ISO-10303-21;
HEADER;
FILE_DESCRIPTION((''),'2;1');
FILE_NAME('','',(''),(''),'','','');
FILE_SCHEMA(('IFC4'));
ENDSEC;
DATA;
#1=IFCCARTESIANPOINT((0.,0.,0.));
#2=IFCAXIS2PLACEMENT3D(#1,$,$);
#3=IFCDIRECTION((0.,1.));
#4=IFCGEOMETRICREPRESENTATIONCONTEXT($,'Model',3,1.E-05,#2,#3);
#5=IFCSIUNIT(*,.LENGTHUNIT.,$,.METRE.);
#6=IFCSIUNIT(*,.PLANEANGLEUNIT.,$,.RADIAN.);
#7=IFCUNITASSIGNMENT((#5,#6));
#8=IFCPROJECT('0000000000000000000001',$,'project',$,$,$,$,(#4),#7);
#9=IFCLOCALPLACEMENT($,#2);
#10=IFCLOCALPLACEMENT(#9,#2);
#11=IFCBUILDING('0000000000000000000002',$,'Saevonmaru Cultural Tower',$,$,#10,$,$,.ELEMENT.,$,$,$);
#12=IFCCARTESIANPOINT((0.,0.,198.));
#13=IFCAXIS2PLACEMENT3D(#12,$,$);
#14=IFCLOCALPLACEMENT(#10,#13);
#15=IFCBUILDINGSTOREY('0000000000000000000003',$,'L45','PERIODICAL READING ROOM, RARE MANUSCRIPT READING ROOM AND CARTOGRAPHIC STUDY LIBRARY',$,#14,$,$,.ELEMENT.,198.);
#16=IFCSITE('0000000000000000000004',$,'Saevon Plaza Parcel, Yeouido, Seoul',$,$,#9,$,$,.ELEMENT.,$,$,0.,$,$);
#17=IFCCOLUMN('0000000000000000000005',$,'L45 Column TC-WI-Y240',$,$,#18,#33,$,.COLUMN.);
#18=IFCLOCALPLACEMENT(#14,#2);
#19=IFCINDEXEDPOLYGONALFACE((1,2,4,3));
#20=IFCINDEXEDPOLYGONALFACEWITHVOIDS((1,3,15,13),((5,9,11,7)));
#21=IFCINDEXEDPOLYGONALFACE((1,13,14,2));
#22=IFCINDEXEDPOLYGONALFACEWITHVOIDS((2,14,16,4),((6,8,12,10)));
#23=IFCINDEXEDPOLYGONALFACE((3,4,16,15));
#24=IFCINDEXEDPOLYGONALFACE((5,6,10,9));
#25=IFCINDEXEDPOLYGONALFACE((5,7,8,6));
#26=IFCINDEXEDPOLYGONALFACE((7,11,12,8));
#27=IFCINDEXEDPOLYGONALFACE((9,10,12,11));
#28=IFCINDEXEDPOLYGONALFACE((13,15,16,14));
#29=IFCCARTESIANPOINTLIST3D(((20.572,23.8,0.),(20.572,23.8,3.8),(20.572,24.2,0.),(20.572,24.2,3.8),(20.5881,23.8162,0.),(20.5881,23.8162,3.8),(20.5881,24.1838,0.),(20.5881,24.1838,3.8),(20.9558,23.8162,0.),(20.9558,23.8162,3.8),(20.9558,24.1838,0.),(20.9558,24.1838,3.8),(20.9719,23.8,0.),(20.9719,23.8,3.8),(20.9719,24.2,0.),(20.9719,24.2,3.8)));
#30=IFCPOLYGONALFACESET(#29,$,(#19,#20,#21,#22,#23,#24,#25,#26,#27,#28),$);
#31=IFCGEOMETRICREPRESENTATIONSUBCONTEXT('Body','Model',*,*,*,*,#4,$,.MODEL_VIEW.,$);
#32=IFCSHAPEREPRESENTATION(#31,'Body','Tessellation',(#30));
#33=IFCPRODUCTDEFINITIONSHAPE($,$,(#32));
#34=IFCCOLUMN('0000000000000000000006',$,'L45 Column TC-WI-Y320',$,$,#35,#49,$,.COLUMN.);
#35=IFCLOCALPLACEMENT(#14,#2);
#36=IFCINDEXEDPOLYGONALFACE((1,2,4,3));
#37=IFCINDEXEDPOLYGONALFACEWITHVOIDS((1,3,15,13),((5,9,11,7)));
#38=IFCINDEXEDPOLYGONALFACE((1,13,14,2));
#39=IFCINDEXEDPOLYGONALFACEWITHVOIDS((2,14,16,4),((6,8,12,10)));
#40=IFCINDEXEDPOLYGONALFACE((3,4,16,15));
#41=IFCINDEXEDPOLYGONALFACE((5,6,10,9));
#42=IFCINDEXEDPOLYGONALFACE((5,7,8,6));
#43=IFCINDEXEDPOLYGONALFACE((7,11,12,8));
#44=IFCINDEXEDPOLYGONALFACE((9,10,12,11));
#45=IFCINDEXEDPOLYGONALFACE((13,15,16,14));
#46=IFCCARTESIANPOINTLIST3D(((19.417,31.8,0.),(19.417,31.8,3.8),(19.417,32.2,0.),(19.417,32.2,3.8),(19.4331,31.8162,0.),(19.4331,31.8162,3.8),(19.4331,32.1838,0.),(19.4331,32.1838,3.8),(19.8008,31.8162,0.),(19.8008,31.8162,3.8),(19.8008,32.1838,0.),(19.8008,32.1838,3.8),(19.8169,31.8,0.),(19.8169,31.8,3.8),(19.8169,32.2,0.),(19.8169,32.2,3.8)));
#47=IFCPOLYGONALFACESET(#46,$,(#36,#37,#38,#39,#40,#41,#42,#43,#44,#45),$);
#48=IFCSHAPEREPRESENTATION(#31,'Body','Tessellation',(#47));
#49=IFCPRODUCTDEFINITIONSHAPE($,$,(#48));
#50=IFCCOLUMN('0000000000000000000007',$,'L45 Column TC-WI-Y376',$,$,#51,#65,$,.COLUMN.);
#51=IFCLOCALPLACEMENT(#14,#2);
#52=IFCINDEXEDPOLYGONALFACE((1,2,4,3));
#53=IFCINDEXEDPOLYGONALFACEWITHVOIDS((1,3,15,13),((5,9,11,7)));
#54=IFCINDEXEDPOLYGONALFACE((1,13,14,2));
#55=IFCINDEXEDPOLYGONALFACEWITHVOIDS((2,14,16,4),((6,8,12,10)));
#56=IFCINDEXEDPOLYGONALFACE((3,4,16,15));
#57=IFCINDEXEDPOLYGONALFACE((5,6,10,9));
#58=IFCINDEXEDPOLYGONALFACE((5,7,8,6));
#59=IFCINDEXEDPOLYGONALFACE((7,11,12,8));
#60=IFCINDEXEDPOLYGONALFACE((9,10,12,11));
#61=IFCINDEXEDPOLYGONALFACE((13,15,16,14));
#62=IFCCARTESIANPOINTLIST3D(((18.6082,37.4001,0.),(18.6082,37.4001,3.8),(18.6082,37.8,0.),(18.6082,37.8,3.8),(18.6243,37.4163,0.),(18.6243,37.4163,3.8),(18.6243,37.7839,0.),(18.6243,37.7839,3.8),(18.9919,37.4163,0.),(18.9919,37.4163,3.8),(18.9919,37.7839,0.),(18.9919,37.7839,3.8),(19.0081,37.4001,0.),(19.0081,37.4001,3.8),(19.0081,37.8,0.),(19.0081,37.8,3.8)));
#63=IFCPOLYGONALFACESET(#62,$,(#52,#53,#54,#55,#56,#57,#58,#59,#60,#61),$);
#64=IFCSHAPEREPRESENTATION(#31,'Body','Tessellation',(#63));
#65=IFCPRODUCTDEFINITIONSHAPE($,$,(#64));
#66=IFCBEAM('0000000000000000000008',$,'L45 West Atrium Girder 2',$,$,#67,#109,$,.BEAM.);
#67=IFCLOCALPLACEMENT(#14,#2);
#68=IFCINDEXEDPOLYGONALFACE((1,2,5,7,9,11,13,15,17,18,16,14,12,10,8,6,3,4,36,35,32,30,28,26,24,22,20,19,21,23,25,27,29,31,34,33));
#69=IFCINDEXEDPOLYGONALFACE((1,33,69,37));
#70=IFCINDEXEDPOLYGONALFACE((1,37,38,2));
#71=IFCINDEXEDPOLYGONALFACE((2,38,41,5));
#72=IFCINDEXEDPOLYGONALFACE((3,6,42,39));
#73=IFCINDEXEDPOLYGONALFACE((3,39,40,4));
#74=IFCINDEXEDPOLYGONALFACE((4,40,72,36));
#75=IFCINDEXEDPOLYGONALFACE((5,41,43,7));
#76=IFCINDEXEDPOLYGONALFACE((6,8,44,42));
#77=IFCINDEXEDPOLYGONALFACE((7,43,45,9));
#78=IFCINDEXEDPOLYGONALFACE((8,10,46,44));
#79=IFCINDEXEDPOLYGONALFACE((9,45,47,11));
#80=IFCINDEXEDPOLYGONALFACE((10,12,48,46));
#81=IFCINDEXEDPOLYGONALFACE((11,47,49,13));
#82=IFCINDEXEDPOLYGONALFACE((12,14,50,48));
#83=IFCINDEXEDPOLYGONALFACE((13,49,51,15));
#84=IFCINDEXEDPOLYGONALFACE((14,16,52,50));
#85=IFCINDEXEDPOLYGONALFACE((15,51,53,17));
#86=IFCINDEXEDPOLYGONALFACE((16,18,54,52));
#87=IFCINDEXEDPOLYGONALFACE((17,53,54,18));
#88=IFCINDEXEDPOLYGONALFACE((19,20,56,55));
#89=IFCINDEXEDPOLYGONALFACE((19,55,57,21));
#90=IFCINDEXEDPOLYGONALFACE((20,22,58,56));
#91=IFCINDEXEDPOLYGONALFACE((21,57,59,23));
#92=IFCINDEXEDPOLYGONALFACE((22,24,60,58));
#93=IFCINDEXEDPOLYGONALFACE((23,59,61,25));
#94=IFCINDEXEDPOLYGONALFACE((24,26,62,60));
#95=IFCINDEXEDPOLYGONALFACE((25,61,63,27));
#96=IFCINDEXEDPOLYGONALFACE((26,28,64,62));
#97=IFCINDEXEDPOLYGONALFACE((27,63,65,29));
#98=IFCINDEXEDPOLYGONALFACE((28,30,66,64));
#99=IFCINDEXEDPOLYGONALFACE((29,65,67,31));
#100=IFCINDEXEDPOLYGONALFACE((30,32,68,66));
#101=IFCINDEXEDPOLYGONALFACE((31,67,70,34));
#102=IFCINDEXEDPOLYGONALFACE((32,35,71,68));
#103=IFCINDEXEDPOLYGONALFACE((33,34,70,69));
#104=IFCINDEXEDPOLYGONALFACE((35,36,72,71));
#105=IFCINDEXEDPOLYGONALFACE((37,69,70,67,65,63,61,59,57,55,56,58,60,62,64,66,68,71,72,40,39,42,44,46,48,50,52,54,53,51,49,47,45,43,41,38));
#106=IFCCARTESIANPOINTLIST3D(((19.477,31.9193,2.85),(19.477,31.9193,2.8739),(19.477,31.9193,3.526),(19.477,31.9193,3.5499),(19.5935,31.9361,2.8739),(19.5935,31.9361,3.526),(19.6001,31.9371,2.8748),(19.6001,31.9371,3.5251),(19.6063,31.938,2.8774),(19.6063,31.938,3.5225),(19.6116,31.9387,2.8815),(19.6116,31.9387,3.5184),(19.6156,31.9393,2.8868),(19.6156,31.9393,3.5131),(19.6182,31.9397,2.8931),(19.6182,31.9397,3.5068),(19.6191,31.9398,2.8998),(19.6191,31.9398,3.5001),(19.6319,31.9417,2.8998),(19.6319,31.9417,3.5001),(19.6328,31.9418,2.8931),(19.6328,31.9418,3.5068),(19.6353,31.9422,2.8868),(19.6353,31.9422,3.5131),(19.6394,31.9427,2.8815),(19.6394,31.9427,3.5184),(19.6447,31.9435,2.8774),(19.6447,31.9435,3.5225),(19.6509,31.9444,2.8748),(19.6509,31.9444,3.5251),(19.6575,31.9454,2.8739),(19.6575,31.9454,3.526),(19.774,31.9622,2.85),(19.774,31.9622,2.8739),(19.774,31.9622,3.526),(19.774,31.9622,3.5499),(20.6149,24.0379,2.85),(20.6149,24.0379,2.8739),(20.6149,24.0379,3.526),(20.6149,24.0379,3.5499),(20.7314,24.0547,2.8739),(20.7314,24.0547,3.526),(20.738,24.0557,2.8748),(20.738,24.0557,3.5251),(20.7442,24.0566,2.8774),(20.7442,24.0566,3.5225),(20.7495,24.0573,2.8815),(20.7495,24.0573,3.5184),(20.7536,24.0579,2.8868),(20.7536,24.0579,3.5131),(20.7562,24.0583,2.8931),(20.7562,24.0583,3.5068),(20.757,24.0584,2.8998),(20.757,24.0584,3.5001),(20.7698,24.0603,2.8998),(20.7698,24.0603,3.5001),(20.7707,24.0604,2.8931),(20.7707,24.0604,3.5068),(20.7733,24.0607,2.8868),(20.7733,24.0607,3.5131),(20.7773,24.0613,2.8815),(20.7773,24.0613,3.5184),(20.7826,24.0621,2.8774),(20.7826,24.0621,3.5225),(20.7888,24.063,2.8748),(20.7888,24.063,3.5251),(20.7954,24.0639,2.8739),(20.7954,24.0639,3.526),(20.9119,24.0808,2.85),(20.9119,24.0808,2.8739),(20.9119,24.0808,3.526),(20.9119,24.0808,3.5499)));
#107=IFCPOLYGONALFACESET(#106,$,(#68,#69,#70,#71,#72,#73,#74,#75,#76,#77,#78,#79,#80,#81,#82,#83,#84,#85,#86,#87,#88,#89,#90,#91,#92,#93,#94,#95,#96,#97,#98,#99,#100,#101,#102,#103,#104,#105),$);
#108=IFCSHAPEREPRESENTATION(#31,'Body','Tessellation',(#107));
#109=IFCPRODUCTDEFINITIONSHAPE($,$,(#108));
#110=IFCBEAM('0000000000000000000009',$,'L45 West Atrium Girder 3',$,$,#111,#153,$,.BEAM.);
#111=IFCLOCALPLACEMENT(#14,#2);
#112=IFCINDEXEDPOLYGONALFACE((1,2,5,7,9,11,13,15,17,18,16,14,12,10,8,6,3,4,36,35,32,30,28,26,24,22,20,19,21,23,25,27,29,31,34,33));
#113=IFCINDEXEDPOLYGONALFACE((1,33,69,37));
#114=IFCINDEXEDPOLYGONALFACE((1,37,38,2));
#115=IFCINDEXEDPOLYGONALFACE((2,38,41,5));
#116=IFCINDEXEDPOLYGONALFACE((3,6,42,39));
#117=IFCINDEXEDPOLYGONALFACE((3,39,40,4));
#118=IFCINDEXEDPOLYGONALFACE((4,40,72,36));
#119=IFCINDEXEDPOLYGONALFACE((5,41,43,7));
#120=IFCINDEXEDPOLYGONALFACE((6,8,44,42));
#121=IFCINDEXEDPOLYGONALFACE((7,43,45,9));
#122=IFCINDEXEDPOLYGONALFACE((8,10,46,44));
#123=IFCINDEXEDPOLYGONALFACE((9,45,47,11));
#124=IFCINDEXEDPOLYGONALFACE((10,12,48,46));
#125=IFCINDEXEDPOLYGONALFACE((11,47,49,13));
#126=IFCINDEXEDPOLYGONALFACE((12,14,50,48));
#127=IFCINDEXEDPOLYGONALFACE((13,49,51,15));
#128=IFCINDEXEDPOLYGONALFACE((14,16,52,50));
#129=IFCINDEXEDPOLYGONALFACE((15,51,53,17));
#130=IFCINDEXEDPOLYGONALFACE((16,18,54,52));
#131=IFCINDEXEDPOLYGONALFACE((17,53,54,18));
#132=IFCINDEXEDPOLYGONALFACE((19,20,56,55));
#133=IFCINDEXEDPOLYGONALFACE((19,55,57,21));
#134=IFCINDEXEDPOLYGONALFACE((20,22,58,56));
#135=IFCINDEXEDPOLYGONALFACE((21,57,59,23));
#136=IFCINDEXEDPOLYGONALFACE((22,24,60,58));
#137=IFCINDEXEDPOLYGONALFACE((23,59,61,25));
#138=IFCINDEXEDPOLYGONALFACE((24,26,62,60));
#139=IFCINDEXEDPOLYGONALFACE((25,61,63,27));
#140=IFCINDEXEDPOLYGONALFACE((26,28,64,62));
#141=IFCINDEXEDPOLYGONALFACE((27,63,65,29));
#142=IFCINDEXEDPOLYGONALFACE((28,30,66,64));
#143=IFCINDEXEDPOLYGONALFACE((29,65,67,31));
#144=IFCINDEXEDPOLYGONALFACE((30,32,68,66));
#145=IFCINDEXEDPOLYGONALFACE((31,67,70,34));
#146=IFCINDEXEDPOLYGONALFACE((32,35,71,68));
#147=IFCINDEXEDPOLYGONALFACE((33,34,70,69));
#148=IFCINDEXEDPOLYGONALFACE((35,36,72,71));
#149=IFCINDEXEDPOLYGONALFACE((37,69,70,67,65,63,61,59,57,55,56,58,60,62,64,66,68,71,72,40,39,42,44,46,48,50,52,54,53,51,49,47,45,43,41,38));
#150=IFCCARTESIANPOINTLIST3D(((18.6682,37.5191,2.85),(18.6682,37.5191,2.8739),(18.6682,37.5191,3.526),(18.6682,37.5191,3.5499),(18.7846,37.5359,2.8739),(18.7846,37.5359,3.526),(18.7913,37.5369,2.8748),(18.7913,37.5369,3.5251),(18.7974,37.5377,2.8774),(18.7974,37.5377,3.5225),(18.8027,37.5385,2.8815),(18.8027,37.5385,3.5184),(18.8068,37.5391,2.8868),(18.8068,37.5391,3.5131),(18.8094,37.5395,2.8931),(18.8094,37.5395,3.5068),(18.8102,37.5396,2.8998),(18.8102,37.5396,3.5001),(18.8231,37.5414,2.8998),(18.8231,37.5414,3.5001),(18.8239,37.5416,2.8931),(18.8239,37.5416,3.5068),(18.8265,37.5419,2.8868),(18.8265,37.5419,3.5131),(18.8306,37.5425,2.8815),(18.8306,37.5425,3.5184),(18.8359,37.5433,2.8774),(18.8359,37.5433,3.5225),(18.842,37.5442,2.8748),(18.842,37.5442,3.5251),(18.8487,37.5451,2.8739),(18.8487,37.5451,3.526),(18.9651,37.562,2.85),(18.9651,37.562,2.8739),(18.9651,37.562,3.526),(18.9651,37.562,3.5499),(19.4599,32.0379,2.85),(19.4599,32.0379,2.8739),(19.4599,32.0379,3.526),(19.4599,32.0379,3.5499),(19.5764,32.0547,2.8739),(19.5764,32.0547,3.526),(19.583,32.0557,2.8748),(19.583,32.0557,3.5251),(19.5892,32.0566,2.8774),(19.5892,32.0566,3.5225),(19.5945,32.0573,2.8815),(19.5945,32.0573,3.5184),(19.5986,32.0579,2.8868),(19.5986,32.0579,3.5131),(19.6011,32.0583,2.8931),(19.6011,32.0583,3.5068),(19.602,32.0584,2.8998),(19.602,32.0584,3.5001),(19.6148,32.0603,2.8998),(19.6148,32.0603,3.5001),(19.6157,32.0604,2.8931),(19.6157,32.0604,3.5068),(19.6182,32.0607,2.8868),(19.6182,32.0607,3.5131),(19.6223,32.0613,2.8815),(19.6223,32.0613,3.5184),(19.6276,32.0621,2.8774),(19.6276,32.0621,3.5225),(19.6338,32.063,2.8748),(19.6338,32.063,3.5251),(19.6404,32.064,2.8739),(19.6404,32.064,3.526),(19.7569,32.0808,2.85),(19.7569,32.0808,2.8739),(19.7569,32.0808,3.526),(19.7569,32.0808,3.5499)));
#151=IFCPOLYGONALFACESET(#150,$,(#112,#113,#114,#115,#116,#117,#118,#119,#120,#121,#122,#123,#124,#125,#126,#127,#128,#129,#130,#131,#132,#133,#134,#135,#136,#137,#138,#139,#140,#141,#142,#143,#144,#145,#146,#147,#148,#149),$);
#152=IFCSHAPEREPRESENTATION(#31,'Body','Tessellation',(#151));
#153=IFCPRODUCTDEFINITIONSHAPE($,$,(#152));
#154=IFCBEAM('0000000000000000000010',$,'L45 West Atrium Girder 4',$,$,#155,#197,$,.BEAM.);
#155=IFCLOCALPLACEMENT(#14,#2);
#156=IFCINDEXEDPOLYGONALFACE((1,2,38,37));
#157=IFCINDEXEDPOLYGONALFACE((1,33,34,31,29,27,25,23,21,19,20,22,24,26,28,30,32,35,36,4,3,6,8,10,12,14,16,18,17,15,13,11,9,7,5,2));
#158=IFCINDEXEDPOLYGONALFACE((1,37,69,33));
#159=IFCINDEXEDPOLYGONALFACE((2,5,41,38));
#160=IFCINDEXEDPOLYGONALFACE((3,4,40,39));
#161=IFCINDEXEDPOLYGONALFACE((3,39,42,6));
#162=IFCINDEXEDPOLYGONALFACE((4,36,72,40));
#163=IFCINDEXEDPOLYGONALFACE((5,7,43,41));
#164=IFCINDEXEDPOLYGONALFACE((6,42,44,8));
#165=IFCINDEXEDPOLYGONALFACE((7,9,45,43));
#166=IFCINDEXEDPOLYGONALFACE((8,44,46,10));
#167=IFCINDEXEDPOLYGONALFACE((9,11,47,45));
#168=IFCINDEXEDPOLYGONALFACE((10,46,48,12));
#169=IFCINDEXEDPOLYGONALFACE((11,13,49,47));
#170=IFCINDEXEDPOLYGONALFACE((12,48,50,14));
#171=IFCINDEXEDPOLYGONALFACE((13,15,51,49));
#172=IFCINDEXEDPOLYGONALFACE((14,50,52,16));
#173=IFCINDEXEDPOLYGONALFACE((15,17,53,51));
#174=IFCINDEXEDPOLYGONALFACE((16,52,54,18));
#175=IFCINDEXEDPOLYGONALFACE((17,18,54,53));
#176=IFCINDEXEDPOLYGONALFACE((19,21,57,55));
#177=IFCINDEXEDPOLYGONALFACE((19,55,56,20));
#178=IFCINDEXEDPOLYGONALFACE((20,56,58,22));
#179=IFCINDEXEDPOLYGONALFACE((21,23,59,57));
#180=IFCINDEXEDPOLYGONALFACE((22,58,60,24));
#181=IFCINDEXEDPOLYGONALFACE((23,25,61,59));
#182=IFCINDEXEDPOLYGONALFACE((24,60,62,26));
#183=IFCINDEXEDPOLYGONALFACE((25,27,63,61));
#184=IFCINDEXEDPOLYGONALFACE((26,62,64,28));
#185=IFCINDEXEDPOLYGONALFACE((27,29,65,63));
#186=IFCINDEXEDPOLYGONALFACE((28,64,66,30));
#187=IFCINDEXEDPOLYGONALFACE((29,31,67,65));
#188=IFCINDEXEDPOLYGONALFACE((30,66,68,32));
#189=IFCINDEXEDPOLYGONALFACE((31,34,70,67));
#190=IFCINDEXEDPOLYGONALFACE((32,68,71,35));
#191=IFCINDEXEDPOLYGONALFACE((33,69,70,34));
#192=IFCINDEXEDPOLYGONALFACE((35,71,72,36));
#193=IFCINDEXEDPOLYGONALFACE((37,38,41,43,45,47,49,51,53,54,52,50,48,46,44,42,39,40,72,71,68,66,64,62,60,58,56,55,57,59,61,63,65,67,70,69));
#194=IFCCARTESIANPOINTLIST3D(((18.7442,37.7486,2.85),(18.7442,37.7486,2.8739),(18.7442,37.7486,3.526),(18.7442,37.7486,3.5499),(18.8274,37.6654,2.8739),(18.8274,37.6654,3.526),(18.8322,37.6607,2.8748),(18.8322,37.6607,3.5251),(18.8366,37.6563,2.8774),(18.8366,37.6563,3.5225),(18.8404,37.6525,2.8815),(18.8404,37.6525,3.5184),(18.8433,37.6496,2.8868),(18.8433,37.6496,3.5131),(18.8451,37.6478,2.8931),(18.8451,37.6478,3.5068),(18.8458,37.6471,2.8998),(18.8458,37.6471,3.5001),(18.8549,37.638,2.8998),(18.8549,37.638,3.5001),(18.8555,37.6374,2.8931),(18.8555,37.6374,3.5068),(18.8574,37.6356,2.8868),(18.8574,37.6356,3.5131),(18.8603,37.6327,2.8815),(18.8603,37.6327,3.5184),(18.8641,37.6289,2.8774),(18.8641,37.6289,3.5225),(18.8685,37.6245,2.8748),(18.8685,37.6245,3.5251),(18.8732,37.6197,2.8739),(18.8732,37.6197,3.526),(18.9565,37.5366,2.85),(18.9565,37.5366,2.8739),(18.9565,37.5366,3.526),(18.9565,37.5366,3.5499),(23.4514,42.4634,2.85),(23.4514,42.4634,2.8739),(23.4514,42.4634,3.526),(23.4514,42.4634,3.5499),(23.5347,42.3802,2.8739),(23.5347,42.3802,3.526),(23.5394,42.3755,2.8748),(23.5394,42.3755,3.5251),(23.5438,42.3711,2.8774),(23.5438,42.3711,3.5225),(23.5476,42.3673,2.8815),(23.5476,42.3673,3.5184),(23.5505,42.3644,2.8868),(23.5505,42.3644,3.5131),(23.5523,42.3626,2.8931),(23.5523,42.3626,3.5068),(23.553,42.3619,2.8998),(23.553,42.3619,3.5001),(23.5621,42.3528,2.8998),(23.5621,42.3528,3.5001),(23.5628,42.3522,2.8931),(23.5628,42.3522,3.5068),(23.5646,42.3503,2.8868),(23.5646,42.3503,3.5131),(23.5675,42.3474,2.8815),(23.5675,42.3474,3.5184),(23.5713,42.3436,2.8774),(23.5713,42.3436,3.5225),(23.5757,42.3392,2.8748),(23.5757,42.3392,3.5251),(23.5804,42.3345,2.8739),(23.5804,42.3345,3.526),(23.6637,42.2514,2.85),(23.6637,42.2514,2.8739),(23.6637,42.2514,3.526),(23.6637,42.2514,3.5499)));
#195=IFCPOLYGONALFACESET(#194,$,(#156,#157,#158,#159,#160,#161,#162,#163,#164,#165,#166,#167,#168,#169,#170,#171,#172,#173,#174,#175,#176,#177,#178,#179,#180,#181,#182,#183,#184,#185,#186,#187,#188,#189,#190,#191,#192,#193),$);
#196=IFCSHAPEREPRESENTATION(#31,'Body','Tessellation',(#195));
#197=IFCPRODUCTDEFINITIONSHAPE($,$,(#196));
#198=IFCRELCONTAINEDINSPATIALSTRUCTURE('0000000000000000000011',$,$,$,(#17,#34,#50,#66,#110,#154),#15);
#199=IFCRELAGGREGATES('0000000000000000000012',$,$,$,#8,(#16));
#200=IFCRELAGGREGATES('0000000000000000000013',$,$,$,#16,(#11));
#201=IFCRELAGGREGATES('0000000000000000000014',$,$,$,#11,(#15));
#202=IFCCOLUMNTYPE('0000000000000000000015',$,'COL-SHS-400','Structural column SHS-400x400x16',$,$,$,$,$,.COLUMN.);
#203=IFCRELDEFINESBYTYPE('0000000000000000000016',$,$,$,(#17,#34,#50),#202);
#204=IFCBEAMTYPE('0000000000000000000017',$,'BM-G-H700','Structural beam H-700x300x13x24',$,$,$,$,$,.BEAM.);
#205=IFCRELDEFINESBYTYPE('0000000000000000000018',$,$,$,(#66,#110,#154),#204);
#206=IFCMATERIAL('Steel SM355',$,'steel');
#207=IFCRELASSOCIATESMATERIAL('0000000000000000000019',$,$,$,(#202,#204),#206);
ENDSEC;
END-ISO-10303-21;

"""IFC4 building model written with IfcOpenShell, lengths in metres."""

from ifc_helpers import new_model, si_unit, direction, frame, origin, origin_2d, place, context, subcontext, project, spatial, hollow_rectangle, i_section, extrude, material, material_profile, profile_set, type_object, element, save


model = new_model("IFC4")

# Units and contexts
model_context = context("Model", 3, precision=1e-05, world=origin(), true_north=direction((0.0, 1.0)))
body_context = subcontext(model_context, "Body", "Model", "MODEL_VIEW")
ifc_project = project(units=[si_unit("LENGTHUNIT", "METRE"), si_unit("PLANEANGLEUNIT", "RADIAN")], contexts=[model_context])

# Site, building, storey
site_placement = place(None, origin())
site = spatial("IfcSite", under=ifc_project, at=site_placement, Name="Saevon Plaza Parcel, Yeouido, Seoul", CompositionType="ELEMENT", RefElevation=0.0)
building_placement = place(site_placement, origin())
building = spatial("IfcBuilding", under=site, at=building_placement, Name="Saevonmaru Cultural Tower", CompositionType="ELEMENT")
storey_placement = place(building_placement, frame((0.0, 0.0, 198.0)))
storey = spatial("IfcBuildingStorey", under=building, at=storey_placement, Name="L45", Description="PERIODICAL READING ROOM, RARE MANUSCRIPT READING ROOM AND CARTOGRAPHIC STUDY LIBRARY", CompositionType="ELEMENT", Elevation=198.0)

# Columns
ifc_material_1 = material(Name="Steel SM355", Category="steel")
ifc_material_profile_1 = material_profile(ifc_material_1, hollow_rectangle(XDim=0.3999, YDim=0.3999, WallThickness=0.0161, at=origin_2d()), Name="SHS-400x400x16")
ifc_profile_set_1 = profile_set([ifc_material_profile_1], Name="Steel SM355")
column_type = type_object("IfcColumnType", Name="COL-SHS-400", Description="Structural column SHS-400x400x16", PredefinedType="COLUMN", material=ifc_profile_set_1)
for number, where, z_axis, x_axis, name in (
    (1, (20.772, 24.0, 0.0), (0.0, 0.0, 1.0), (1.0, 0.0, 0.0), "L45 Column TC-WI-Y240"),
    (2, (19.6169, 32.0, 0.0), (0.0, 0.0, 1.0), (1.0, 0.0, 0.0), "L45 Column TC-WI-Y320"),
    (3, (18.8081, 37.6001, 0.0), (0.0, 0.0, 1.0), (1.0, 0.0, 0.0), "L45 Column TC-WI-Y376"),
):
    element("IfcColumn", number, at=place(storey_placement, frame(where, z_axis=z_axis, x_axis=x_axis)), inside=storey, type_object=column_type, Name=name, PredefinedType="COLUMN", context=body_context, shape_type="SweptSolid", body=[
        extrude(hollow_rectangle(XDim=0.3999, YDim=0.3999, WallThickness=0.0161, at=origin_2d()), origin(), (0.0, 0.0, 1.0), 3.8),
    ])

# Beams
ifc_material_profile_2 = material_profile(ifc_material_1, i_section(OverallWidth=0.3, OverallDepth=0.7, WebThickness=0.0129, FlangeThickness=0.0239, FilletRadius=0.0259, at=origin_2d()), Name="H-700x300x13x24")
ifc_profile_set_2 = profile_set([ifc_material_profile_2], Name="Steel SM355")
beam_type = type_object("IfcBeamType", Name="BM-G-H700", Description="Structural beam H-700x300x13x24", PredefinedType="BEAM", material=ifc_profile_set_2)
beam_1_placement = place(storey_placement, frame((20.7634, 24.0593, 3.2), z_axis=(-0.142902, 0.989737, 0.0), x_axis=(-0.989737, -0.142902, 0.0)))
element("IfcBeam", 4, at=beam_1_placement, inside=storey, type_object=beam_type, Name="L45 West Atrium Girder 2", PredefinedType="BEAM", context=body_context, shape_type="SweptSolid", body=[
    extrude(i_section(OverallWidth=0.3, OverallDepth=0.7, WebThickness=0.0129, FlangeThickness=0.0239, FilletRadius=0.0259, at=origin_2d()), origin(), (0.0, 0.0, 1.0), 7.9631),
])
beam_2_placement = place(storey_placement, frame((19.6084, 32.0593, 3.2), z_axis=(-0.142964, 0.989728, 0.0), x_axis=(-0.989728, -0.142964, 0.0)))
element("IfcBeam", 5, at=beam_2_placement, inside=storey, type_object=beam_type, Name="L45 West Atrium Girder 3", PredefinedType="BEAM", context=body_context, shape_type="SweptSolid", body=[
    extrude(i_section(OverallWidth=0.3, OverallDepth=0.7, WebThickness=0.0129, FlangeThickness=0.0239, FilletRadius=0.0259, at=origin_2d()), origin(), (0.0, 0.0, 1.0), 5.5381),
])
beam_3_placement = place(storey_placement, frame((18.8503, 37.6426, 3.2), z_axis=(0.706539, 0.707675, 0.0), x_axis=(-0.707675, 0.706539, 0.0)))
element("IfcBeam", 6, at=beam_3_placement, inside=storey, type_object=beam_type, Name="L45 West Atrium Girder 4", PredefinedType="BEAM", context=body_context, shape_type="SweptSolid", body=[
    extrude(i_section(OverallWidth=0.3, OverallDepth=0.7, WebThickness=0.0129, FlangeThickness=0.0239, FilletRadius=0.0259, at=origin_2d()), origin(), (0.0, 0.0, 1.0), 6.6624),
])

save(model, "model.ifc")
